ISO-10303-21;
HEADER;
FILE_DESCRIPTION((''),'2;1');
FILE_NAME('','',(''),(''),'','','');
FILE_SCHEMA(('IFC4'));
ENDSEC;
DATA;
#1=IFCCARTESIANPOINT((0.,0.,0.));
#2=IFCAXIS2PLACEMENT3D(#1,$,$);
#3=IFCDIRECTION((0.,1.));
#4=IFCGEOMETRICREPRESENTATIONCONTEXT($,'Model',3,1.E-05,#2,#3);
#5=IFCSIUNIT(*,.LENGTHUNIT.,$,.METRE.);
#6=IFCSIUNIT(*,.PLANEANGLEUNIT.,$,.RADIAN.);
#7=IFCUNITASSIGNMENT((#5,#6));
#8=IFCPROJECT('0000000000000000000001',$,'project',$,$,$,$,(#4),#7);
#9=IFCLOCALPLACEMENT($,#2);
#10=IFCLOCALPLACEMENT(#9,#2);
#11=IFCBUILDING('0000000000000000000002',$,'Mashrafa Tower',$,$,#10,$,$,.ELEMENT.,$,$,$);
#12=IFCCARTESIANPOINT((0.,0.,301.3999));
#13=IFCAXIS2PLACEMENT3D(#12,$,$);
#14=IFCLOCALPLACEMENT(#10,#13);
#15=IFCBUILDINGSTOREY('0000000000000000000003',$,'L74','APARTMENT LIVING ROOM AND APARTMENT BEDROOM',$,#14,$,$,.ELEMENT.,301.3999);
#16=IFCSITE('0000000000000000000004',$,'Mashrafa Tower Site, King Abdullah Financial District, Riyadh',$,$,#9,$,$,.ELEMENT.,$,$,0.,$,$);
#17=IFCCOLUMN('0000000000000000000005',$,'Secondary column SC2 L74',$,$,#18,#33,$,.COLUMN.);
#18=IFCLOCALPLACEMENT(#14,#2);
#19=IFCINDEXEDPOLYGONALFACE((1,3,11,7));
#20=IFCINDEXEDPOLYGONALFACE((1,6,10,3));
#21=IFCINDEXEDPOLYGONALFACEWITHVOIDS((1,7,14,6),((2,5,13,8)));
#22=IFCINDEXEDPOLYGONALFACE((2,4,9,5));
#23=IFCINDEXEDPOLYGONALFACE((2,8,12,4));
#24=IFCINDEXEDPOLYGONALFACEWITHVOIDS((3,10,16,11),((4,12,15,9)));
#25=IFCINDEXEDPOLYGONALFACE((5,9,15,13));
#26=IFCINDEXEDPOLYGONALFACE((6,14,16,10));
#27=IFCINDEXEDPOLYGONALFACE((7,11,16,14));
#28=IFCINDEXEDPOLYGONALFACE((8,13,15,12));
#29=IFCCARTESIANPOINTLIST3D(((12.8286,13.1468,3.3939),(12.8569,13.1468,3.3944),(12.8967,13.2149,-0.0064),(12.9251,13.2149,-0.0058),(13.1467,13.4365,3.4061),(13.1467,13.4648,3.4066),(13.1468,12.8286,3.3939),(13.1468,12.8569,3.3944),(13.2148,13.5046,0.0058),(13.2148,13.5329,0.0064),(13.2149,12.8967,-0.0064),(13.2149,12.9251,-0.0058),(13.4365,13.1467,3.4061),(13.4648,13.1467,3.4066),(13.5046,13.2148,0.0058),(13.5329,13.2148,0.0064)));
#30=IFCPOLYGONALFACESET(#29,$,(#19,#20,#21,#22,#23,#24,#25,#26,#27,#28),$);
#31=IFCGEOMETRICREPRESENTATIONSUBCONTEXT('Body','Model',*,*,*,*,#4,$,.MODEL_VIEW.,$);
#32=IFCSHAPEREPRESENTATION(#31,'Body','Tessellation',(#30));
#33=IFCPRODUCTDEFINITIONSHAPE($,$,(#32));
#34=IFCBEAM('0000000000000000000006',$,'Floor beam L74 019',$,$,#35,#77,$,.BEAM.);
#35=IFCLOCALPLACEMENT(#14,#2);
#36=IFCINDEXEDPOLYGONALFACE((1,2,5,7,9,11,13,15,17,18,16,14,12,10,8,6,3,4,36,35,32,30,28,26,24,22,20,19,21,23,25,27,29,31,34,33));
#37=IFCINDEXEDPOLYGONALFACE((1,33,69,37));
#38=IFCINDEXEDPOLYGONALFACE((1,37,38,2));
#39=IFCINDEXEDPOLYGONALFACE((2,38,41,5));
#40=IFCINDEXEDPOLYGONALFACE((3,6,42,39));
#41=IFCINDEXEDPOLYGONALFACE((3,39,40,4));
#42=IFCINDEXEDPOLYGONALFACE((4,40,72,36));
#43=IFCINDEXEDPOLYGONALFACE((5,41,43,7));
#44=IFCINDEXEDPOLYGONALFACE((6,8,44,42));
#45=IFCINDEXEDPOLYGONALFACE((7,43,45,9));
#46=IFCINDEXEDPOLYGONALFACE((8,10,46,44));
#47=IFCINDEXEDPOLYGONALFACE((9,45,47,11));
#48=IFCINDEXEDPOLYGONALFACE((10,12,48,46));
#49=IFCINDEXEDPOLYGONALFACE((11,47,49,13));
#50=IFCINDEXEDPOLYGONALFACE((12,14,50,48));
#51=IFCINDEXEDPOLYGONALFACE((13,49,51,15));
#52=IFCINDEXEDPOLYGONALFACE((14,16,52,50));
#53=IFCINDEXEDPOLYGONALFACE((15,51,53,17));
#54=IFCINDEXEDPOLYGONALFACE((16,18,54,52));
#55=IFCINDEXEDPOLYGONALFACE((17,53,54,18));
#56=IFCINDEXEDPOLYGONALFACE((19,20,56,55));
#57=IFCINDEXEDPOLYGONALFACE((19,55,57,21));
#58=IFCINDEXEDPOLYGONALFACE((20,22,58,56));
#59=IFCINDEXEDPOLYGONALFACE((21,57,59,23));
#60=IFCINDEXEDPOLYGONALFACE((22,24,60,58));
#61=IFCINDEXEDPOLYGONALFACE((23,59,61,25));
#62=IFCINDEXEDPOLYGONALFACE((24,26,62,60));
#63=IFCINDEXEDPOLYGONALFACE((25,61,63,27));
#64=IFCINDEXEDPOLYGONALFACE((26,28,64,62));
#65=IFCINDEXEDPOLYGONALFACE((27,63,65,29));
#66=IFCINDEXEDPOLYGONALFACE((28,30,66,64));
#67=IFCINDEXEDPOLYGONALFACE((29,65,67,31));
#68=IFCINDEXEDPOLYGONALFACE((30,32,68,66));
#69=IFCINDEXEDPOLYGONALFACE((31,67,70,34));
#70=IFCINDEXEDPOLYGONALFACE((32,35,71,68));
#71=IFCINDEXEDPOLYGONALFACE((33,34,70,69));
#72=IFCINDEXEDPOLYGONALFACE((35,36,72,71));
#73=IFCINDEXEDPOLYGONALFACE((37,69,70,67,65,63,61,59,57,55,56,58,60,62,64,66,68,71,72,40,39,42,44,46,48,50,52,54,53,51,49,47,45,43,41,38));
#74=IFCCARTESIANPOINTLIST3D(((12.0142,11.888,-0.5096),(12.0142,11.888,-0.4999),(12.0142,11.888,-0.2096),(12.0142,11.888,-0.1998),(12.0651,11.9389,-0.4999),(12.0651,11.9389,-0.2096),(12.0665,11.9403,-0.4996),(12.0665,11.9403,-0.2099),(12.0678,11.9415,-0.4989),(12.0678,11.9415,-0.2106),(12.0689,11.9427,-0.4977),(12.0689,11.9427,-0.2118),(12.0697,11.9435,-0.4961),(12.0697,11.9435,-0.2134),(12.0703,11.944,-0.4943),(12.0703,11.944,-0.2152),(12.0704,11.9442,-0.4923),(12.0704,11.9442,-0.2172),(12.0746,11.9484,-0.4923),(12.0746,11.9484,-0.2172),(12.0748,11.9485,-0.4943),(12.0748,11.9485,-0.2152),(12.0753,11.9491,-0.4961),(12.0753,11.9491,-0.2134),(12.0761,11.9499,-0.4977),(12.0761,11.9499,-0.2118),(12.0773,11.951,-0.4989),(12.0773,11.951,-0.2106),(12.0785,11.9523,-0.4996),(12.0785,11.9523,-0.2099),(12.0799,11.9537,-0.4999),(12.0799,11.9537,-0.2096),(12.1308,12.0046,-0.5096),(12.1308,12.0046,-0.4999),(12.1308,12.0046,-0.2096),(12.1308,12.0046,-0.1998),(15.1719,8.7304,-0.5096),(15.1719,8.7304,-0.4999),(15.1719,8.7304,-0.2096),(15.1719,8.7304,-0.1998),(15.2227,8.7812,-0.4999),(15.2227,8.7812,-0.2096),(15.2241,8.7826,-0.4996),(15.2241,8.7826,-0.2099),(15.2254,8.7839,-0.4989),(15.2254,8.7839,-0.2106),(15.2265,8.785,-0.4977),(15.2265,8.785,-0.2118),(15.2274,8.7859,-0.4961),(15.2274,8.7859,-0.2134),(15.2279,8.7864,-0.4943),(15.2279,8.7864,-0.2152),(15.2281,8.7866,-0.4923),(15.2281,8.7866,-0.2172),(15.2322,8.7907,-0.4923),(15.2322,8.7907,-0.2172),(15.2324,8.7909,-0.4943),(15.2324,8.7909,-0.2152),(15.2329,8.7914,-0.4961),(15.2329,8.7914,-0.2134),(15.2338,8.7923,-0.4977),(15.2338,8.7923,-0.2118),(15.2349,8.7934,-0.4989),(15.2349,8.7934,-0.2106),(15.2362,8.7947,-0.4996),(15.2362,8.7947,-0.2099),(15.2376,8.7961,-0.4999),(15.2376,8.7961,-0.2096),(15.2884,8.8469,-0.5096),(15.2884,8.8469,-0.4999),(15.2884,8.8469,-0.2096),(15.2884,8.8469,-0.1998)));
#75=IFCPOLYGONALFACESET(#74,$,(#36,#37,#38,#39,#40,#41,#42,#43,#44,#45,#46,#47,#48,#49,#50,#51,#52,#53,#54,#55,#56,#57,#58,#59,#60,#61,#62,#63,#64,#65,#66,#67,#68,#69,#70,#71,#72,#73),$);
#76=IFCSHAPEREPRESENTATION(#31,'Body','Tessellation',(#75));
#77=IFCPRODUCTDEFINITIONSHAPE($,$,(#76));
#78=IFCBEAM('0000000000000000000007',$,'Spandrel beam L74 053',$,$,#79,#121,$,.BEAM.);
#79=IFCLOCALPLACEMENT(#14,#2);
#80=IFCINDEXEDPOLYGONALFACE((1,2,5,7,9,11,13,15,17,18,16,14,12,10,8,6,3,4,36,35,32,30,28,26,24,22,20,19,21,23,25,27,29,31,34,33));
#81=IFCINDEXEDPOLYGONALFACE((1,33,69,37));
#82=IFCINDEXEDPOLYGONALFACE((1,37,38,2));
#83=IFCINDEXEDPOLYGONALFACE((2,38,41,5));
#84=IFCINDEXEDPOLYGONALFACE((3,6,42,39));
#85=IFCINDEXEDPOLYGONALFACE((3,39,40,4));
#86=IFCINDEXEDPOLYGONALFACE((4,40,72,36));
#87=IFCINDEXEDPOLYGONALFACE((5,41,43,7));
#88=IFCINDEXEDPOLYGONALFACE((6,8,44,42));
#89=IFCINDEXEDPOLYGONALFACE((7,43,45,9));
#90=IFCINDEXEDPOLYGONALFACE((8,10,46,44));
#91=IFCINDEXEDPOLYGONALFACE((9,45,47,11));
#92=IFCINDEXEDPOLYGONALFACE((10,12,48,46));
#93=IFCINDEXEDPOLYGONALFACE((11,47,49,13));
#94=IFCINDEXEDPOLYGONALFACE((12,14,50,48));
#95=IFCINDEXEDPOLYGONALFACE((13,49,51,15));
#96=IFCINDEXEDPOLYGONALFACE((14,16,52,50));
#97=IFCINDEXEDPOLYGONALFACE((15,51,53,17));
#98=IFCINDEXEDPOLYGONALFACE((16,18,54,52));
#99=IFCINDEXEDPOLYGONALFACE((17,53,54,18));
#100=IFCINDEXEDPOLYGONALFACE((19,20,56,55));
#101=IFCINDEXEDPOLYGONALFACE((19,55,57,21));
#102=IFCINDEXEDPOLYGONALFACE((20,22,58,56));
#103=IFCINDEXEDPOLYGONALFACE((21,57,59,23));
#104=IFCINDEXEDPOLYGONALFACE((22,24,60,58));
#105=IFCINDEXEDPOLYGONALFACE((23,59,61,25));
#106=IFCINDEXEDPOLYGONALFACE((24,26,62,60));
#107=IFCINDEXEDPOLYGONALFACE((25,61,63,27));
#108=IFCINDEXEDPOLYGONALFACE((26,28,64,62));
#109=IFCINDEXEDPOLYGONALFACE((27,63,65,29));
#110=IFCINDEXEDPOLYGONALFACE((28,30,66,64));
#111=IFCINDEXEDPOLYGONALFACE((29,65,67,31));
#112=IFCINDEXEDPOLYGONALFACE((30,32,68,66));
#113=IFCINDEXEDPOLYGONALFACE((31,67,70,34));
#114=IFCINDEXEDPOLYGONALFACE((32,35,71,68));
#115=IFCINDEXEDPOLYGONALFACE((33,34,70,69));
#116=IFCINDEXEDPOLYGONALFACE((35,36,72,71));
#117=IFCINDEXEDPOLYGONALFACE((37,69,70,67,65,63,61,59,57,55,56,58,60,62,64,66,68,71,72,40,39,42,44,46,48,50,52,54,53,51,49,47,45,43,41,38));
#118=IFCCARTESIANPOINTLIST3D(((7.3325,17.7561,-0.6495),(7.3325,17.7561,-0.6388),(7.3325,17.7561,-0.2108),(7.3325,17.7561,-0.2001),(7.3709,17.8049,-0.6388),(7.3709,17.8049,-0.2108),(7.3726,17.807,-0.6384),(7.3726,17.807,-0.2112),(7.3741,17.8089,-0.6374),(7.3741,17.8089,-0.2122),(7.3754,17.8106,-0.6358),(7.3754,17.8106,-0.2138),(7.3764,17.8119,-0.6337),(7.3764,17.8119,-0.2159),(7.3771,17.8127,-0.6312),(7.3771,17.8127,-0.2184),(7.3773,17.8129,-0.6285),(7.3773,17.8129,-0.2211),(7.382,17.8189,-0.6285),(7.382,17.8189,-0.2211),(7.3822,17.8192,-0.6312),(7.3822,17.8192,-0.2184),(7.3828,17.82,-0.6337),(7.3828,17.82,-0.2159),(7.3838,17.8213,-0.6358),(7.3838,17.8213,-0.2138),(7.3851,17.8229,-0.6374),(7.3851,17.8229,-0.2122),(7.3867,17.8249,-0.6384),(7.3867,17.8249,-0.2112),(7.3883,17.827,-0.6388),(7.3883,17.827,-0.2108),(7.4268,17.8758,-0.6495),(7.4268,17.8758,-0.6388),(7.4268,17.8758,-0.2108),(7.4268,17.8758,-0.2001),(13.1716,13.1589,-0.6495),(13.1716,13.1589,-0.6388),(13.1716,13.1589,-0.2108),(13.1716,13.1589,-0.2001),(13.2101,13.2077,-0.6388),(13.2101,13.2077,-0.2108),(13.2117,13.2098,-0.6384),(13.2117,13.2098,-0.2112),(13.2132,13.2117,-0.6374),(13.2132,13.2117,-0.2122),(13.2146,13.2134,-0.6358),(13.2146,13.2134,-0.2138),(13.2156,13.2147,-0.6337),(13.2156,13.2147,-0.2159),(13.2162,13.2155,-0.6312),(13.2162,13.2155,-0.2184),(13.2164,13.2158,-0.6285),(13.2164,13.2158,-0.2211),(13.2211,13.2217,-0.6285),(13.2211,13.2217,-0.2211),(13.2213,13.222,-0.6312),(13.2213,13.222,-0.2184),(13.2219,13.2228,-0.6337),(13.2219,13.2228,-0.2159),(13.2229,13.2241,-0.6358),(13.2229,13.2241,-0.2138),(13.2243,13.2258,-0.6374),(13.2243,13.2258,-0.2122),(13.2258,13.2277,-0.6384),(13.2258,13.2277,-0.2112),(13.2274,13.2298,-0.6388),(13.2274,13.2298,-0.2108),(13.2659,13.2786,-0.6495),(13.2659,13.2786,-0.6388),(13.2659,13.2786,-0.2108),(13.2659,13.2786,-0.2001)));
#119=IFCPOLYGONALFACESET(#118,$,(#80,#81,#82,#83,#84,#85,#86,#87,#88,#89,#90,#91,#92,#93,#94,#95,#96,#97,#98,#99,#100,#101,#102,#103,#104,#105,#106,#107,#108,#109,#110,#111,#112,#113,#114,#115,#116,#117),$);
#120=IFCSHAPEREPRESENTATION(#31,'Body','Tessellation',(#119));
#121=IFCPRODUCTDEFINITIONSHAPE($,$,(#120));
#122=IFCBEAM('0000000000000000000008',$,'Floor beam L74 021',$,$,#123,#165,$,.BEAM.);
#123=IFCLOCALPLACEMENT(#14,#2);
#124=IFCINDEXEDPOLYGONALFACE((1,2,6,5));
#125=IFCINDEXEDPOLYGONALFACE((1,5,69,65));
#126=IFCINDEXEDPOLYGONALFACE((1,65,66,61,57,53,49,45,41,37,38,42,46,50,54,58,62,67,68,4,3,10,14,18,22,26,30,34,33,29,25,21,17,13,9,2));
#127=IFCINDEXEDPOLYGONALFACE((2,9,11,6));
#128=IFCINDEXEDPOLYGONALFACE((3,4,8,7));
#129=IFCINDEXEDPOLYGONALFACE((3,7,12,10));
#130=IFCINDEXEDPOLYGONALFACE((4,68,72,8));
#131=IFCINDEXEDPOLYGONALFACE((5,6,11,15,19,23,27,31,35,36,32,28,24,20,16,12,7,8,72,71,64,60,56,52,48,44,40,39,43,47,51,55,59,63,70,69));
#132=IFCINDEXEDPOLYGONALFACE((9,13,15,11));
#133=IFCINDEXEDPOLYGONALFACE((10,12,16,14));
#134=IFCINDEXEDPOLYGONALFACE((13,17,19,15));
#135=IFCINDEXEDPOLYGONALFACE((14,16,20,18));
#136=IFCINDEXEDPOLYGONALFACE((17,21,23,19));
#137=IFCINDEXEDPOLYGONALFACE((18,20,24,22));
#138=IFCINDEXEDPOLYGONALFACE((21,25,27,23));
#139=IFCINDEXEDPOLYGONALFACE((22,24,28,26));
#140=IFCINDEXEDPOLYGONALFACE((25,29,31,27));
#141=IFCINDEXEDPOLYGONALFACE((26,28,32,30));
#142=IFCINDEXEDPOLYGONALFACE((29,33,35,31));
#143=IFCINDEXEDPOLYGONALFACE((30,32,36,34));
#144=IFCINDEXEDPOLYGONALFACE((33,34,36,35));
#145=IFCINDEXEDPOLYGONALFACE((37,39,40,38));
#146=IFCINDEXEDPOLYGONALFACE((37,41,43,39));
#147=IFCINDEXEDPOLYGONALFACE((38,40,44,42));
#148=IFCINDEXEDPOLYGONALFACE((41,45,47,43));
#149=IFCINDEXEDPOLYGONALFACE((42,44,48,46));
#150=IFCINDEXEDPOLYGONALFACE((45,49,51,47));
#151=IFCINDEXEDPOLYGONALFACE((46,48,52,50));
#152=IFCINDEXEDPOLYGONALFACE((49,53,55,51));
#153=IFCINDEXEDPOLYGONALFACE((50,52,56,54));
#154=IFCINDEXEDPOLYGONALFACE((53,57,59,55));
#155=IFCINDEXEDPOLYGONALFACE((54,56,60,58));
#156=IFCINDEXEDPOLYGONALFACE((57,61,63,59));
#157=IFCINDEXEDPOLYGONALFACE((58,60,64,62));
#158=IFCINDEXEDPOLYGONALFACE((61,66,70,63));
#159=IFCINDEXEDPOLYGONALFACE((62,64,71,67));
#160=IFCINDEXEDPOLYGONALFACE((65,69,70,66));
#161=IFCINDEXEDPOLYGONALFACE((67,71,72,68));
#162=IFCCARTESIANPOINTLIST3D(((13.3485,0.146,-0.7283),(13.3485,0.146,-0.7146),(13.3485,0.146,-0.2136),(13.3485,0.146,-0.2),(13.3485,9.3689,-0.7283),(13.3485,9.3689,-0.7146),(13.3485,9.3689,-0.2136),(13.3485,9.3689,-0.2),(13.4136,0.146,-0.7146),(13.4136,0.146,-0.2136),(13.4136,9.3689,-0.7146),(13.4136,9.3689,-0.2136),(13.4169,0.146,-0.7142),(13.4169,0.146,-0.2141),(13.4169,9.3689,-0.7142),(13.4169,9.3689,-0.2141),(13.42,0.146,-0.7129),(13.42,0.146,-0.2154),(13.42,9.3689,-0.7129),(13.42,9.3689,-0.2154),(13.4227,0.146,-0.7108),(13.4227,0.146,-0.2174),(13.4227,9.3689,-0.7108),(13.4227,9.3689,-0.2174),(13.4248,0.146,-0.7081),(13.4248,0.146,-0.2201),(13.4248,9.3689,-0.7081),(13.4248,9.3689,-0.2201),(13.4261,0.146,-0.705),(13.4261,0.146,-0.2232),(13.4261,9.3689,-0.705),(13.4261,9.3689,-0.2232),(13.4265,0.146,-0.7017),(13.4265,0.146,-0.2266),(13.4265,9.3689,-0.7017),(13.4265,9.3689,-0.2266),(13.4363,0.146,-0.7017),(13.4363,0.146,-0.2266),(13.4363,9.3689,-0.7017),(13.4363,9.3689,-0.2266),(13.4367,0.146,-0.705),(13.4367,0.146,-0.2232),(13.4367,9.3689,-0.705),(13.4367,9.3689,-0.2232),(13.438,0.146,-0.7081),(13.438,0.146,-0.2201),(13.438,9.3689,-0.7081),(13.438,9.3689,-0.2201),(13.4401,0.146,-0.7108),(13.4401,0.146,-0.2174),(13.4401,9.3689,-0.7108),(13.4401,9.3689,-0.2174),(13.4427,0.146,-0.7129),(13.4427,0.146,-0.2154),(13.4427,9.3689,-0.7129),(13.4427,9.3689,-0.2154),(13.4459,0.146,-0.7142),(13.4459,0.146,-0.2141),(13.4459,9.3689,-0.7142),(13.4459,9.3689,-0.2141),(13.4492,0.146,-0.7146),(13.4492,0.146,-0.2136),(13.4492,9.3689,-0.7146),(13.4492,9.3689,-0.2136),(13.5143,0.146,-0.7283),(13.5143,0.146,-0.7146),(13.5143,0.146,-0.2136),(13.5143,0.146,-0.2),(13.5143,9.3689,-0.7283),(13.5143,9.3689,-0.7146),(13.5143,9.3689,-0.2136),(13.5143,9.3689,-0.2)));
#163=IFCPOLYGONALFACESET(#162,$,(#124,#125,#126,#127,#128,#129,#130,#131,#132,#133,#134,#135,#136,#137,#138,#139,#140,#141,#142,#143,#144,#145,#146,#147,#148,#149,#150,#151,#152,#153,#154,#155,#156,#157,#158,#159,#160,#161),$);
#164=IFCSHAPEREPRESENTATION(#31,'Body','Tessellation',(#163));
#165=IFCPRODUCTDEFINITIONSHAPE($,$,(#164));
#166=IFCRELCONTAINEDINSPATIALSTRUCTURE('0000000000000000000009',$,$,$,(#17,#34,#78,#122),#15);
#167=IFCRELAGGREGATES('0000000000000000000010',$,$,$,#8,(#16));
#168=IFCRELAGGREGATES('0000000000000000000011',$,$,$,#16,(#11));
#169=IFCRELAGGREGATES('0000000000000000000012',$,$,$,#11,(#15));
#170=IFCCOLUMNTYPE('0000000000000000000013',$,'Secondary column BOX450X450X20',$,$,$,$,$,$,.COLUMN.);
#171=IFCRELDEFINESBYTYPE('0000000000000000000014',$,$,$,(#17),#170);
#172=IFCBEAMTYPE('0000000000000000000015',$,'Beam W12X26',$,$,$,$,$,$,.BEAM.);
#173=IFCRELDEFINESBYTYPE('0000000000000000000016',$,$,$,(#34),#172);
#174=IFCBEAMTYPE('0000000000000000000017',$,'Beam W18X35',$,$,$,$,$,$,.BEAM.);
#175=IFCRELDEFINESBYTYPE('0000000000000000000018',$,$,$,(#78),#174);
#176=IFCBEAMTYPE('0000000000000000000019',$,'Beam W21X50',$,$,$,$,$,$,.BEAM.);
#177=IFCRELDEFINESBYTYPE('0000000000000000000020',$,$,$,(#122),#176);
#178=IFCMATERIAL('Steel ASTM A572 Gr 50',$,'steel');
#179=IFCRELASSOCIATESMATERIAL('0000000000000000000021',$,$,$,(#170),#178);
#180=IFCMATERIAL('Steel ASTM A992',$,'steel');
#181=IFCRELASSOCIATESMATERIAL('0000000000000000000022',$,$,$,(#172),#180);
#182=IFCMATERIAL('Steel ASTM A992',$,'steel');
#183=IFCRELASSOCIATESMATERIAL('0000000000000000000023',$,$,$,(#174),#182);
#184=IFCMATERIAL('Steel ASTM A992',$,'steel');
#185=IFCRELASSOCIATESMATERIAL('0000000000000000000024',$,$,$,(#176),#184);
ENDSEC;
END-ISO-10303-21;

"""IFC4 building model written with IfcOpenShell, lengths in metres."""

from ifc_helpers import new_model, si_unit, direction, frame, origin, origin_2d, place, context, subcontext, project, spatial, hollow_rectangle, i_section, extrude, material, material_profile, profile_set, type_object, element, save


model = new_model("IFC4")

# Units and contexts
model_context = context("Model", 3, precision=1e-05, world=origin(), true_north=direction((0.0, 1.0)))
body_context = subcontext(model_context, "Body", "Model", "MODEL_VIEW")
ifc_project = project(units=[si_unit("LENGTHUNIT", "METRE"), si_unit("PLANEANGLEUNIT", "RADIAN")], contexts=[model_context])

# Site, building, storey
site_placement = place(None, origin())
site = spatial("IfcSite", under=ifc_project, at=site_placement, Name="Mashrafa Tower Site, King Abdullah Financial District, Riyadh", CompositionType="ELEMENT", RefElevation=0.0)
building_placement = place(site_placement, origin())
building = spatial("IfcBuilding", under=site, at=building_placement, Name="Mashrafa Tower", CompositionType="ELEMENT")
storey_placement = place(building_placement, frame((0.0, 0.0, 301.3999)))
storey = spatial("IfcBuildingStorey", under=building, at=storey_placement, Name="L74", Description="APARTMENT LIVING ROOM AND APARTMENT BEDROOM", CompositionType="ELEMENT", Elevation=301.3999)

# Column
ifc_material_1 = material(Name="Steel ASTM A572 Gr 50", Category="steel")
ifc_material_profile_1 = material_profile(ifc_material_1, hollow_rectangle(XDim=0.45, YDim=0.45, WallThickness=0.02, at=origin_2d()), Name="BOX450X450X20")
ifc_profile_set_1 = profile_set([ifc_material_profile_1], Name="Steel ASTM A572 Gr 50")
column_type = type_object("IfcColumnType", Name="Secondary column BOX450X450X20", PredefinedType="COLUMN", material=ifc_profile_set_1)
column_placement = place(storey_placement, frame((13.2148, 13.2148, 0.0), z_axis=(-0.020025, -0.020025, 0.999599), x_axis=(0.707107, -0.707107, 0.0)))
element("IfcColumn", 1, at=column_placement, inside=storey, type_object=column_type, Name="Secondary column SC2 L74", PredefinedType="COLUMN", context=body_context, shape_type="SweptSolid", body=[
    extrude(hollow_rectangle(XDim=0.45, YDim=0.45, WallThickness=0.02, at=origin_2d()), origin(), (0.0, 0.0, 1.0), 3.4016),
])

# Beams
ifc_material_2 = material(Name="Steel ASTM A992", Category="steel")
ifc_material_profile_2 = material_profile(ifc_material_2, i_section(OverallWidth=0.1648, OverallDepth=0.3098, WebThickness=0.0059, FlangeThickness=0.0098, FilletRadius=0.0076, at=origin_2d()), Name="W12X26")
ifc_profile_set_2 = profile_set([ifc_material_profile_2], Name="Steel ASTM A992")
beam_type_1 = type_object("IfcBeamType", Name="Beam W12X26", PredefinedType="BEAM", material=ifc_profile_set_2)
beam_1_placement = place(storey_placement, frame((12.0725, 11.9463, -0.3547), z_axis=(0.707107, -0.707107, 0.0), x_axis=(0.707107, 0.707107, 0.0)))
element("IfcBeam", 2, at=beam_1_placement, inside=storey, type_object=beam_type_1, Name="Floor beam L74 019", PredefinedType="BEAM", context=body_context, shape_type="SweptSolid", body=[
    extrude(i_section(OverallWidth=0.1648, OverallDepth=0.3098, WebThickness=0.0059, FlangeThickness=0.0098, FilletRadius=0.0076, at=origin_2d()), origin(), (0.0, 0.0, 1.0), 4.4656),
])
ifc_material_3 = material(Name="Steel ASTM A992", Category="steel")
ifc_material_profile_3 = material_profile(ifc_material_3, i_section(OverallWidth=0.1523, OverallDepth=0.4495, WebThickness=0.0076, FlangeThickness=0.0107, FilletRadius=0.0103, at=origin_2d()), Name="W18X35")
ifc_profile_set_3 = profile_set([ifc_material_profile_3], Name="Steel ASTM A992")
beam_type_2 = type_object("IfcBeamType", Name="Beam W18X35", PredefinedType="BEAM", material=ifc_profile_set_3)
beam_2_placement = place(storey_placement, frame((13.2188, 13.2188, -0.4248), z_axis=(-0.78571, 0.618595, 0.0), x_axis=(-0.618595, -0.78571, 0.0)))
element("IfcBeam", 3, at=beam_2_placement, inside=storey, type_object=beam_type_2, Name="Spandrel beam L74 053", PredefinedType="BEAM", context=body_context, shape_type="SweptSolid", body=[
    extrude(i_section(OverallWidth=0.1523, OverallDepth=0.4495, WebThickness=0.0076, FlangeThickness=0.0107, FilletRadius=0.0103, at=origin_2d()), origin(), (0.0, 0.0, 1.0), 7.4316),
])
ifc_material_4 = material(Name="Steel ASTM A992", Category="steel")
ifc_material_profile_4 = material_profile(ifc_material_4, i_section(OverallWidth=0.1658, OverallDepth=0.5283, WebThickness=0.0098, FlangeThickness=0.0137, FilletRadius=0.0129, at=origin_2d()), Name="W21X50")
ifc_profile_set_4 = profile_set([ifc_material_profile_4], Name="Steel ASTM A992")
beam_type_3 = type_object("IfcBeamType", Name="Beam W21X50", PredefinedType="BEAM", material=ifc_profile_set_4)
beam_3_placement = place(storey_placement, frame((13.4314, 9.3689, -0.4641), z_axis=(0.0, -1.0, 0.0), x_axis=(1.0, 0.0, 0.0)))
element("IfcBeam", 4, at=beam_3_placement, inside=storey, type_object=beam_type_3, Name="Floor beam L74 021", PredefinedType="BEAM", context=body_context, shape_type="SweptSolid", body=[
    extrude(i_section(OverallWidth=0.1658, OverallDepth=0.5283, WebThickness=0.0098, FlangeThickness=0.0137, FilletRadius=0.0129, at=origin_2d()), origin(), (0.0, 0.0, 1.0), 9.2229),
])

save(model, "model.ifc")
